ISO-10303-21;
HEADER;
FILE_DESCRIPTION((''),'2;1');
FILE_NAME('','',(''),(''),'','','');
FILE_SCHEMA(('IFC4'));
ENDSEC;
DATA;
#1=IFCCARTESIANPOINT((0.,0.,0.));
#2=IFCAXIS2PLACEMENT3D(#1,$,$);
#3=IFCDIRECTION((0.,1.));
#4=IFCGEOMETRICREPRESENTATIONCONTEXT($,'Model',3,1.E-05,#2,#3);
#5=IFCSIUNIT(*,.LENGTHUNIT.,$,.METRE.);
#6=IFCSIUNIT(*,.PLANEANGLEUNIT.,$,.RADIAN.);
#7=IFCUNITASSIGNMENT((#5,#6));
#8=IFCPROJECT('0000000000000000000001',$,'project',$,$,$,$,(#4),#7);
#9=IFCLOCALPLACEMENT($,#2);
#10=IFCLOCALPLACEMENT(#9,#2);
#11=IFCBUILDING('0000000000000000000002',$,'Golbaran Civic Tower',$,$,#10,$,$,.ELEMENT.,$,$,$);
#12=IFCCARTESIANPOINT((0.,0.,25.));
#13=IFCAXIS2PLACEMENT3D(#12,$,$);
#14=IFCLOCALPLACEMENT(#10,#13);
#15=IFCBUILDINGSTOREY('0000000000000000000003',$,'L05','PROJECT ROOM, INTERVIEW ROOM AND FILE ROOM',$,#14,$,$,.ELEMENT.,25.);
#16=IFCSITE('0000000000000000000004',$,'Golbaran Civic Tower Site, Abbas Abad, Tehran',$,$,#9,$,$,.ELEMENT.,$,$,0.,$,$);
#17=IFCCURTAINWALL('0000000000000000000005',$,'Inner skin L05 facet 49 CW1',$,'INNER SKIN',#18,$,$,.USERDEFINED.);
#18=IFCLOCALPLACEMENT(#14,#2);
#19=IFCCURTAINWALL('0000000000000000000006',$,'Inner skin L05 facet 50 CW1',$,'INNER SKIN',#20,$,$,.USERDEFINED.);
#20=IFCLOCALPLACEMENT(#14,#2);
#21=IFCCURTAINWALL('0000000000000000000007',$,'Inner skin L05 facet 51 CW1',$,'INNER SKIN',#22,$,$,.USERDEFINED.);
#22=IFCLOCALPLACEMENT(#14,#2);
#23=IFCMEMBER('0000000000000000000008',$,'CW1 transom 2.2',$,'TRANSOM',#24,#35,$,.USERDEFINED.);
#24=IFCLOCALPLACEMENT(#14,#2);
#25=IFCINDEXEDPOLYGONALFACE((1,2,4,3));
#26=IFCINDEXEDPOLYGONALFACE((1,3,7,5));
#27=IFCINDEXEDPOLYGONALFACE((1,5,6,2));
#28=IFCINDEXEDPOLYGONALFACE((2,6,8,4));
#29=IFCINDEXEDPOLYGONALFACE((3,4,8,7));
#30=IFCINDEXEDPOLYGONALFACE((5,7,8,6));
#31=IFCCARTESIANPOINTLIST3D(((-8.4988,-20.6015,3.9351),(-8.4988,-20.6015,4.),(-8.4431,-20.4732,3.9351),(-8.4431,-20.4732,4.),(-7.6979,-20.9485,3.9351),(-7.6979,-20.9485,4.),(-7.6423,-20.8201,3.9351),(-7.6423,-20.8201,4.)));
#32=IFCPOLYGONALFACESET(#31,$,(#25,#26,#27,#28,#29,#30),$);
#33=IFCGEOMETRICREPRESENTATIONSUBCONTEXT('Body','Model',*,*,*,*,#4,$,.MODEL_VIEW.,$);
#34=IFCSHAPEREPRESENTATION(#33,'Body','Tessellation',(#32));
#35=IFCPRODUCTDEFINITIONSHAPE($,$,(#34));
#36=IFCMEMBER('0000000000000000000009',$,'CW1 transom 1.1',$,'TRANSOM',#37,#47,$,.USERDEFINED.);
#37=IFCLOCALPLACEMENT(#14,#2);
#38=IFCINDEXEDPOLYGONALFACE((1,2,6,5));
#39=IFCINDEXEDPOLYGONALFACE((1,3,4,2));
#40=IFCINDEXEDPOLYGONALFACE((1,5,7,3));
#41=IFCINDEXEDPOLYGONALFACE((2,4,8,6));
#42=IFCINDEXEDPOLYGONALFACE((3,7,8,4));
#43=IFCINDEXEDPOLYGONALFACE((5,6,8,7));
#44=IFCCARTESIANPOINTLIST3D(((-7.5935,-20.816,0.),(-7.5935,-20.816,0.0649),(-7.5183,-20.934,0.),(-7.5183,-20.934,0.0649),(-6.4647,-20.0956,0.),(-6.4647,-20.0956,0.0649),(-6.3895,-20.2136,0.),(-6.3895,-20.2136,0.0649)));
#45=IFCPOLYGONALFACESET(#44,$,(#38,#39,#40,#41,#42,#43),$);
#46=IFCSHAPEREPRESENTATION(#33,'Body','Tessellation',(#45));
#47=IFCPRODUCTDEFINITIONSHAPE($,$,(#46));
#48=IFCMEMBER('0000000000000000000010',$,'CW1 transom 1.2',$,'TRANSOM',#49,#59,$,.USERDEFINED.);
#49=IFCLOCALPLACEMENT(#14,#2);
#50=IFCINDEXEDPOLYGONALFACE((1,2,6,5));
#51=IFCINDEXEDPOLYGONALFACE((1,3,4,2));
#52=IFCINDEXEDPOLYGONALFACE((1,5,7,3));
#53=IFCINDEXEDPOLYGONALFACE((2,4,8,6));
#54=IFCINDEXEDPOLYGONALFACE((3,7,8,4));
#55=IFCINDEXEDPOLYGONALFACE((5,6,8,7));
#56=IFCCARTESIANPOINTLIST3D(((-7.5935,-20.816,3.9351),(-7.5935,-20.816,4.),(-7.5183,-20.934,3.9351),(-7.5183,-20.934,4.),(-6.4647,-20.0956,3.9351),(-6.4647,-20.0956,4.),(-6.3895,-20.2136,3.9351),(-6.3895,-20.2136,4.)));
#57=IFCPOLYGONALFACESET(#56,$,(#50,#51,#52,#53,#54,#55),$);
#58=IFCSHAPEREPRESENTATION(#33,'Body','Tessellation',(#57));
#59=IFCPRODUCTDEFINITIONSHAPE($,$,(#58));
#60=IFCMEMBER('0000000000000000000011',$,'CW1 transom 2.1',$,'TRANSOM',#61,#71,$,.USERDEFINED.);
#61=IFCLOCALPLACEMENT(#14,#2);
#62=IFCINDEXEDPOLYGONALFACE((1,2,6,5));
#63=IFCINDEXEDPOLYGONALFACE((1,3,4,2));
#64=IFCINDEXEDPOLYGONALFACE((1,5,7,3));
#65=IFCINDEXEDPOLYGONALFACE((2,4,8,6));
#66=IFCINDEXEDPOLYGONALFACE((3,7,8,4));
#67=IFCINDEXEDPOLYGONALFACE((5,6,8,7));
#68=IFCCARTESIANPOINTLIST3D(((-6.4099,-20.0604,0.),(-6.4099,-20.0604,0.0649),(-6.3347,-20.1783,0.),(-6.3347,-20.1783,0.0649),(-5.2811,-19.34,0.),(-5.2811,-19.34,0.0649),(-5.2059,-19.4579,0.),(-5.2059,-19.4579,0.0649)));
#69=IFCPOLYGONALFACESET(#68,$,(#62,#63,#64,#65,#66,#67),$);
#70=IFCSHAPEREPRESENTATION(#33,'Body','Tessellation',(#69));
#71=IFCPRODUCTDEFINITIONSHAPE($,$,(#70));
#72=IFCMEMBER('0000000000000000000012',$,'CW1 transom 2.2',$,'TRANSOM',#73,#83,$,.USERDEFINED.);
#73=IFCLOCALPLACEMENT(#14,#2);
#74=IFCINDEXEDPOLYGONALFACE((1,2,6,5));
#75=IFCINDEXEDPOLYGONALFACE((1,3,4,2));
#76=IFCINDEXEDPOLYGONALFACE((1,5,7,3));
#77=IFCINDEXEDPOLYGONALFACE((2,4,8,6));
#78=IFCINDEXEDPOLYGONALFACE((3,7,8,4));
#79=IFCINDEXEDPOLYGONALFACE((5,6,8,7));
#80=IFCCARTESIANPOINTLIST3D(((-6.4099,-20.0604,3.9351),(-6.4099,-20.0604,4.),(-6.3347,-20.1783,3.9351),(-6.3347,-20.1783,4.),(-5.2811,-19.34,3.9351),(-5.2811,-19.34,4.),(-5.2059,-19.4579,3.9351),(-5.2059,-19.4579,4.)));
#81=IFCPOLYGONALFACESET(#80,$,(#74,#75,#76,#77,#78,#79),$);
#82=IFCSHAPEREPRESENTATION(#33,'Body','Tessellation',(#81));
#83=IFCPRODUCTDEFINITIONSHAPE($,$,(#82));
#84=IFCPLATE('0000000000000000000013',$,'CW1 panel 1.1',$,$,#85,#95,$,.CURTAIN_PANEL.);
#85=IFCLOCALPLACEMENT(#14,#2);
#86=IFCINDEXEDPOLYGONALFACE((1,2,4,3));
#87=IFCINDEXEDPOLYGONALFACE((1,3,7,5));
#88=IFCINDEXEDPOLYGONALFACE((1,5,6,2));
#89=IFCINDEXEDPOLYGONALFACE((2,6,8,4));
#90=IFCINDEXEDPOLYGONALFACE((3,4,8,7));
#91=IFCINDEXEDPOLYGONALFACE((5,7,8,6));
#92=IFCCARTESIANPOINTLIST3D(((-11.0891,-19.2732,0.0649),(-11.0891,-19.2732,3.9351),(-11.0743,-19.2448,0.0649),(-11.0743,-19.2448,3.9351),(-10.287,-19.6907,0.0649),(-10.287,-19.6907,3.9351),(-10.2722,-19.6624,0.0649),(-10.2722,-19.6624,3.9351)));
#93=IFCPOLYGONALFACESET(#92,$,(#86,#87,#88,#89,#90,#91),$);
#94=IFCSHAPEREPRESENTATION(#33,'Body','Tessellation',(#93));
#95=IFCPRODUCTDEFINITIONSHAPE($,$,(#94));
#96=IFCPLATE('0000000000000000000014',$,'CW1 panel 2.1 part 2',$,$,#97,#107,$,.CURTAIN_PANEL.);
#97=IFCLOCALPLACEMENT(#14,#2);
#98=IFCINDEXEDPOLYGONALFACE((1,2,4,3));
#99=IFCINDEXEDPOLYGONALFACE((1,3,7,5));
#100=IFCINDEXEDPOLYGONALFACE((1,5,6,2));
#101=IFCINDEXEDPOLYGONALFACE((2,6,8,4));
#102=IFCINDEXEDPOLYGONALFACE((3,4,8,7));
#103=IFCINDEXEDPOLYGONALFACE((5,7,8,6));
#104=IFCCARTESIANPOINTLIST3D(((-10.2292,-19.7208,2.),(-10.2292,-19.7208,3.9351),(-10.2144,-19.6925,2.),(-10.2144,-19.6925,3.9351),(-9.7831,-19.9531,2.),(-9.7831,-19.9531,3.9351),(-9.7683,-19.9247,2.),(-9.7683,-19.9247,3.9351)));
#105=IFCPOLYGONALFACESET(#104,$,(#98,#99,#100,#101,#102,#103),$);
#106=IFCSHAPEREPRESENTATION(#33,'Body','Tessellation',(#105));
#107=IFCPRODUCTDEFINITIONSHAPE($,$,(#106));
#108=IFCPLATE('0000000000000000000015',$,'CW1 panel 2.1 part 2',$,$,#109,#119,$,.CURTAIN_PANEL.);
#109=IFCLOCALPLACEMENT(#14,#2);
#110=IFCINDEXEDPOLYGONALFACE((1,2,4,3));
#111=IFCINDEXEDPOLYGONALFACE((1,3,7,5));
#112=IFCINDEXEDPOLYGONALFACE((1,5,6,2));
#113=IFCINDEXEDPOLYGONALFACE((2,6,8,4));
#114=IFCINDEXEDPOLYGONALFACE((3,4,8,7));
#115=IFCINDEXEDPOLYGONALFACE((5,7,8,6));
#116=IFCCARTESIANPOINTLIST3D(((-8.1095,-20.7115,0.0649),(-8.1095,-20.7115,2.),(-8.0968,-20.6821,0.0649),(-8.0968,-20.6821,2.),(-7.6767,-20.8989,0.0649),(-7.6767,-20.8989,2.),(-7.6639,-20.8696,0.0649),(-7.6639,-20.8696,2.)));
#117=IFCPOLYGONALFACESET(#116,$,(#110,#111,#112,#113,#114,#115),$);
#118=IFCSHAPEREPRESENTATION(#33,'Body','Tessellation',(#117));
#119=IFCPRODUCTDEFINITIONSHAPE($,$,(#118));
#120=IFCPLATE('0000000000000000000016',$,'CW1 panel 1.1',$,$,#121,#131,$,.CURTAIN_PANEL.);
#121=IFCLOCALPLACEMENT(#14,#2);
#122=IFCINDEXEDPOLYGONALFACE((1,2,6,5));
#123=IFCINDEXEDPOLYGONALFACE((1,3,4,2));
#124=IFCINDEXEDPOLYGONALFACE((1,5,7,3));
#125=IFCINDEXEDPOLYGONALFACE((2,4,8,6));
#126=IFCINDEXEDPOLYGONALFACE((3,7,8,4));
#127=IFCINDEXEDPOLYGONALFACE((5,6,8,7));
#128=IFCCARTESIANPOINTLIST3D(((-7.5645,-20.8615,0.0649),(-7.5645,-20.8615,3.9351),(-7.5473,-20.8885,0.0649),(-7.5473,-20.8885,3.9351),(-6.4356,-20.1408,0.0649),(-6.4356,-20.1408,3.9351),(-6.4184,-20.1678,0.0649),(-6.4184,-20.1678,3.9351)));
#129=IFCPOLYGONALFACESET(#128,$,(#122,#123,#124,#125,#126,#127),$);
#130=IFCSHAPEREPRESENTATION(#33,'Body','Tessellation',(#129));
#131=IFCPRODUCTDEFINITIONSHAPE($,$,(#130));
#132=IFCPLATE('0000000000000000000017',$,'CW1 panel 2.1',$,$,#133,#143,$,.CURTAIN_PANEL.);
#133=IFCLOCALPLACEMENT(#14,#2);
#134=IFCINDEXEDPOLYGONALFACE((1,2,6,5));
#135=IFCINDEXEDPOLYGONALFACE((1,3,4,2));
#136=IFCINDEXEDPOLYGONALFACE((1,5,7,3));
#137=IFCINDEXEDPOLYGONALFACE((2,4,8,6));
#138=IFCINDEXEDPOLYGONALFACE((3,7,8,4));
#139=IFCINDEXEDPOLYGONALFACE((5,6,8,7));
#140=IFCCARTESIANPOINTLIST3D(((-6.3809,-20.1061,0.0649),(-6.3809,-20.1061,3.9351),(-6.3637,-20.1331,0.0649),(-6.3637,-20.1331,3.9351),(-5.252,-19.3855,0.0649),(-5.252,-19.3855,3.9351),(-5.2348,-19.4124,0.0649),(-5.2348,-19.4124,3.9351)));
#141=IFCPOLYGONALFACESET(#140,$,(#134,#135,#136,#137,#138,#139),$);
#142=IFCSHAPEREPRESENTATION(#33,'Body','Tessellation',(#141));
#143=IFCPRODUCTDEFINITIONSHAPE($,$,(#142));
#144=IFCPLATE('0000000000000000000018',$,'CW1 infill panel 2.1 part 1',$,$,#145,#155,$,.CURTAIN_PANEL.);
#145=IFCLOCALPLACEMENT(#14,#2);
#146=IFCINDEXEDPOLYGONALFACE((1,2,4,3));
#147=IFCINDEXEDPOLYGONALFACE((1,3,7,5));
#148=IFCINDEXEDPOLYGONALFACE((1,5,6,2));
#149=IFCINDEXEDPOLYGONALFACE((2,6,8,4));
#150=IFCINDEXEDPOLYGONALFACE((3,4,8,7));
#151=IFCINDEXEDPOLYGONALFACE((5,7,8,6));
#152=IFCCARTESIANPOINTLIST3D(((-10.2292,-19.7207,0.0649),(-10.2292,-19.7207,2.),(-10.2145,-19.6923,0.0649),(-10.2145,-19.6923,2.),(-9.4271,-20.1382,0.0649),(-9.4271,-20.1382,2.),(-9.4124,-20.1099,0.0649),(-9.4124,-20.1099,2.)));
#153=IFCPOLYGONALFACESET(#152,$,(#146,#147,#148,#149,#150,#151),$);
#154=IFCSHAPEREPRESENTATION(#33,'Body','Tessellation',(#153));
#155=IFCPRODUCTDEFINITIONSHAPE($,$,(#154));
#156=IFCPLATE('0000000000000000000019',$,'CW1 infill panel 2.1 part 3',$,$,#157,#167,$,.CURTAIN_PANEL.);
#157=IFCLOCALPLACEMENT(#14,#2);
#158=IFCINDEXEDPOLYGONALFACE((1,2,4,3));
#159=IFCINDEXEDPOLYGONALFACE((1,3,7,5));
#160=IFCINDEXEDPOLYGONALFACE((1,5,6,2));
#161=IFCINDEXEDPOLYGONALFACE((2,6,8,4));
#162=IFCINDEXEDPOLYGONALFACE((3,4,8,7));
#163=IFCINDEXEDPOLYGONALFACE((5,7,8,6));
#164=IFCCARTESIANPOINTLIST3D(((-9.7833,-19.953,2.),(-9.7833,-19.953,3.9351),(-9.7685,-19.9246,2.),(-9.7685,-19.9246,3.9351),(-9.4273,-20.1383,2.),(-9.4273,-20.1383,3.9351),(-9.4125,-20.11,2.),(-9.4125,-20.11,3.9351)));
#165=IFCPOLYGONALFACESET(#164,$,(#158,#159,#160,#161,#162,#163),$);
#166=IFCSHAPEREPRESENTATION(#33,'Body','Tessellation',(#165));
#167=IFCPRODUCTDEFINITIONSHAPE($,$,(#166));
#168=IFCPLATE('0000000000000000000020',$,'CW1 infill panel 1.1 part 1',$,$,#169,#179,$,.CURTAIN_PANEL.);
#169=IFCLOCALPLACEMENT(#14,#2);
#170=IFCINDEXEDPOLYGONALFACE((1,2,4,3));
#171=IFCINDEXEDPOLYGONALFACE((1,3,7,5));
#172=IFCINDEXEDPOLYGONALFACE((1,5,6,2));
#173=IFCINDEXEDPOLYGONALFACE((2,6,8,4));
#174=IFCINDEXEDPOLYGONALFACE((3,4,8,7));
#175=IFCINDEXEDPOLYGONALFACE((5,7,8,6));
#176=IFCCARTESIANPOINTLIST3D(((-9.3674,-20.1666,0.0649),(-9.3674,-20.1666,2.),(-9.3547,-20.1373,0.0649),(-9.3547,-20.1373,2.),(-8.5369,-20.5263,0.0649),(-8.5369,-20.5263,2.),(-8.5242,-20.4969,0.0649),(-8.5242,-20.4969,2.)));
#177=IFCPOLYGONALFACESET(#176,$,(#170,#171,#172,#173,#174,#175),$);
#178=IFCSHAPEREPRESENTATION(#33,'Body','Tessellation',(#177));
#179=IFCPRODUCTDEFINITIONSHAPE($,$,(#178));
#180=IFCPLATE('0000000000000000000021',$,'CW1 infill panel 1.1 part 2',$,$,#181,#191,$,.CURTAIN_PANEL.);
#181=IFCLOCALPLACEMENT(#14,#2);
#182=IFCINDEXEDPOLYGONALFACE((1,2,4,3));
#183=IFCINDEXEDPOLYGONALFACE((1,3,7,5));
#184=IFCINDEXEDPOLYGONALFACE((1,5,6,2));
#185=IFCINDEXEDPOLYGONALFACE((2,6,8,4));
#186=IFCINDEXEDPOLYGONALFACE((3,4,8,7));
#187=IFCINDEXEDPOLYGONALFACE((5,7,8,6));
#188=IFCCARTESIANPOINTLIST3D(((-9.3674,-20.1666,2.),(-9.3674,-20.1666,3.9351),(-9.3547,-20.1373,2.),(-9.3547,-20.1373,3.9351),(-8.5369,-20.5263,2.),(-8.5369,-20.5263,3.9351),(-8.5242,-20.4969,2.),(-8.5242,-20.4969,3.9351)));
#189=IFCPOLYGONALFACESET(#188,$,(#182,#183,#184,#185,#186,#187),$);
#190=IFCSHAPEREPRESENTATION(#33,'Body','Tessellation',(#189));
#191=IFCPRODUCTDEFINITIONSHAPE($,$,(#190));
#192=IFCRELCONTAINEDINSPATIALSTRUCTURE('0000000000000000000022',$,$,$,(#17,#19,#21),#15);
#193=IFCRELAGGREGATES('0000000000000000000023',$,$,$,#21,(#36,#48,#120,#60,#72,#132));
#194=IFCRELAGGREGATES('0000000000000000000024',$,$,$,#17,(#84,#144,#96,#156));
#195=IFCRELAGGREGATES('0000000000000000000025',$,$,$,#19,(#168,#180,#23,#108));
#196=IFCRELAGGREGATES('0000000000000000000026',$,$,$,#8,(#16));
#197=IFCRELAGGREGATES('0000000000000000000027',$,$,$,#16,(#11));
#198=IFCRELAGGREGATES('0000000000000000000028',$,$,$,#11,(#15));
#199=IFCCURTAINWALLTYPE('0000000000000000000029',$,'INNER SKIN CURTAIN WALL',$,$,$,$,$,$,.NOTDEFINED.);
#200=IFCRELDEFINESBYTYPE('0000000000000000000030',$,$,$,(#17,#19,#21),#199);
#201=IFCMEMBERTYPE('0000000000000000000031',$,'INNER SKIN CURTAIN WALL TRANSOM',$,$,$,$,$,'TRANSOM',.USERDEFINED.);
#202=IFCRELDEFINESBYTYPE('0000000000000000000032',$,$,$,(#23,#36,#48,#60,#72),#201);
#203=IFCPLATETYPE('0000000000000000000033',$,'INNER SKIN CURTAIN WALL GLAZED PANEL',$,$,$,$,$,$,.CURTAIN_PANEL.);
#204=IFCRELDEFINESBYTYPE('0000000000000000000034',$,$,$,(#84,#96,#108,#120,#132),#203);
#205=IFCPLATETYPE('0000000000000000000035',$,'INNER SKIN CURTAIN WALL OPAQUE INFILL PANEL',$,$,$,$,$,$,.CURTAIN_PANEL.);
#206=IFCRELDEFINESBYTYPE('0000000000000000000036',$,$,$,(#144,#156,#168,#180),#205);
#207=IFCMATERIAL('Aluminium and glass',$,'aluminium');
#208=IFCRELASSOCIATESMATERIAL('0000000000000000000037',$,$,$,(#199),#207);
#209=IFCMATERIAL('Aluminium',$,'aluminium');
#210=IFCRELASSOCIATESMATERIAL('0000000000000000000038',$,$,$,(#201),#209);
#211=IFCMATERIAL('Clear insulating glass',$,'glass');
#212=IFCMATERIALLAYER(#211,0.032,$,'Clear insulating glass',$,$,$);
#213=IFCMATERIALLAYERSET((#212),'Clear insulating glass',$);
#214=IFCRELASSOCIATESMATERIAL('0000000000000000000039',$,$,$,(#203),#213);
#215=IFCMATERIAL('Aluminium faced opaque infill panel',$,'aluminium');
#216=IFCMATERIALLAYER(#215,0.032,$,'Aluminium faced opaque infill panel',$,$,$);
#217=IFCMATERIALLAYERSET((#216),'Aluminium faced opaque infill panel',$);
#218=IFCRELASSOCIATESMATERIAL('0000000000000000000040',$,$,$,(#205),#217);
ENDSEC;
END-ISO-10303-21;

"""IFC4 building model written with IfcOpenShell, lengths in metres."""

from ifc_helpers import new_model, si_unit, direction, frame, origin, origin_2d, place, context, subcontext, project, spatial, rectangle, extrude, material, layer, layer_set, material_profile, profile_set, type_object, element, aggregate, save


model = new_model("IFC4")

# Units and contexts
model_context = context("Model", 3, precision=1e-05, world=origin(), true_north=direction((0.0, 1.0)))
body_context = subcontext(model_context, "Body", "Model", "MODEL_VIEW")
ifc_project = project(units=[si_unit("LENGTHUNIT", "METRE"), si_unit("PLANEANGLEUNIT", "RADIAN")], contexts=[model_context])

# Site, building, storey
site_placement = place(None, origin())
site = spatial("IfcSite", under=ifc_project, at=site_placement, Name="Golbaran Civic Tower Site, Abbas Abad, Tehran", CompositionType="ELEMENT", RefElevation=0.0)
building_placement = place(site_placement, origin())
building = spatial("IfcBuilding", under=site, at=building_placement, Name="Golbaran Civic Tower", CompositionType="ELEMENT")
storey_placement = place(building_placement, frame((0.0, 0.0, 25.0)))
storey = spatial("IfcBuildingStorey", under=building, at=storey_placement, Name="L05", Description="PROJECT ROOM, INTERVIEW ROOM AND FILE ROOM", CompositionType="ELEMENT", Elevation=25.0)

# Curtain walls
ifc_material_1 = material(Name="Aluminium and glass", Category="aluminium")
curtain_wall_type = type_object("IfcCurtainWallType", Name="INNER SKIN CURTAIN WALL", PredefinedType="NOTDEFINED", material=ifc_material_1)
curtain_wall_1_placement = place(storey_placement, origin())
curtain_wall_1 = element("IfcCurtainWall", 1, at=curtain_wall_1_placement, inside=storey, type_object=curtain_wall_type, Name="Inner skin L05 facet 49 CW1", ObjectType="INNER SKIN", PredefinedType="USERDEFINED")
ifc_material_2 = material(Name="Aluminium", Category="aluminium")
curtain_wall_2_placement = place(storey_placement, origin())
curtain_wall_2 = element("IfcCurtainWall", 2, at=curtain_wall_2_placement, inside=storey, type_object=curtain_wall_type, Name="Inner skin L05 facet 50 CW1", ObjectType="INNER SKIN", PredefinedType="USERDEFINED")
curtain_wall_3_placement = place(storey_placement, origin())
curtain_wall_3 = element("IfcCurtainWall", 3, at=curtain_wall_3_placement, inside=storey, type_object=curtain_wall_type, Name="Inner skin L05 facet 51 CW1", ObjectType="INNER SKIN", PredefinedType="USERDEFINED")

# Members
ifc_material_profile_1 = material_profile(ifc_material_2, rectangle(XDim=0.1399, YDim=0.0649, at=origin_2d()), Name="INNER SKIN CURTAIN WALL TRANSOM")
ifc_profile_set_1 = profile_set([ifc_material_profile_1], Name="Aluminium")
member_type_1 = type_object("IfcMemberType", Name="INNER SKIN CURTAIN WALL TRANSOM", ElementType="TRANSOM", PredefinedType="USERDEFINED", material=ifc_profile_set_1)
member_1_placement = place(storey_placement, frame((-8.4709, -20.5374, 3.9675), z_axis=(0.91759, -0.397529, 0.0), x_axis=(0.397529, 0.91759, 0.0)))
member_1 = element("IfcMember", 4, at=member_1_placement, type_object=member_type_1, Name="CW1 transom 2.2", ObjectType="TRANSOM", PredefinedType="USERDEFINED", context=body_context, shape_type="SweptSolid", body=[
    extrude(rectangle(XDim=0.1399, YDim=0.0649, at=origin_2d()), origin(), (0.0, 0.0, 1.0), 0.8728),
])
member_2_placement = place(storey_placement, frame((-7.5559, -20.875, 0.0325), z_axis=(0.842963, 0.537972, 0.0), x_axis=(-0.537972, 0.842963, 0.0)))
member_2 = element("IfcMember", 5, at=member_2_placement, type_object=member_type_1, Name="CW1 transom 1.1", ObjectType="TRANSOM", PredefinedType="USERDEFINED", context=body_context, shape_type="SweptSolid", body=[
    extrude(rectangle(XDim=0.1399, YDim=0.0649, at=origin_2d()), origin(), (0.0, 0.0, 1.0), 1.3391),
])
member_3_placement = place(storey_placement, frame((-7.5559, -20.875, 3.9675), z_axis=(0.842963, 0.537972, 0.0), x_axis=(-0.537972, 0.842963, 0.0)))
member_3 = element("IfcMember", 6, at=member_3_placement, type_object=member_type_1, Name="CW1 transom 1.2", ObjectType="TRANSOM", PredefinedType="USERDEFINED", context=body_context, shape_type="SweptSolid", body=[
    extrude(rectangle(XDim=0.1399, YDim=0.0649, at=origin_2d()), origin(), (0.0, 0.0, 1.0), 1.3391),
])
member_4_placement = place(storey_placement, frame((-6.3723, -20.1194, 0.0325), z_axis=(0.842963, 0.537972, 0.0), x_axis=(-0.537972, 0.842963, 0.0)))
member_4 = element("IfcMember", 7, at=member_4_placement, type_object=member_type_1, Name="CW1 transom 2.1", ObjectType="TRANSOM", PredefinedType="USERDEFINED", context=body_context, shape_type="SweptSolid", body=[
    extrude(rectangle(XDim=0.1399, YDim=0.0649, at=origin_2d()), origin(), (0.0, 0.0, 1.0), 1.3391),
])
member_5_placement = place(storey_placement, frame((-6.3723, -20.1194, 3.9675), z_axis=(0.842963, 0.537972, 0.0), x_axis=(-0.537972, 0.842963, 0.0)))
member_5 = element("IfcMember", 8, at=member_5_placement, type_object=member_type_1, Name="CW1 transom 2.2", ObjectType="TRANSOM", PredefinedType="USERDEFINED", context=body_context, shape_type="SweptSolid", body=[
    extrude(rectangle(XDim=0.1399, YDim=0.0649, at=origin_2d()), origin(), (0.0, 0.0, 1.0), 1.3391),
])

# Plates
ifc_material_3 = material(Name="Clear insulating glass", Category="glass")
ifc_layer_1 = layer(ifc_material_3, 0.032, Name="Clear insulating glass")
ifc_layer_set_1 = layer_set([ifc_layer_1], Name="Clear insulating glass")
plate_type_1 = type_object("IfcPlateType", Name="INNER SKIN CURTAIN WALL GLAZED PANEL", PredefinedType="CURTAIN_PANEL", material=ifc_layer_set_1)
plate_1_placement = place(storey_placement, frame((-10.6807, -19.4678, 0.0649), z_axis=(0.0, 0.0, 1.0), x_axis=(0.887011, -0.461749, 0.0)))
plate_1 = element("IfcPlate", 9, at=plate_1_placement, type_object=plate_type_1, Name="CW1 panel 1.1", PredefinedType="CURTAIN_PANEL", context=body_context, shape_type="SweptSolid", body=[
    extrude(rectangle(XDim=0.9043, YDim=0.032, at=origin_2d()), origin(), (0.0, 0.0, 1.0), 3.8701),
])
plate_2_placement = place(storey_placement, frame((-9.9988, -19.8228, 2.0), z_axis=(0.0, 0.0, 1.0), x_axis=(0.887011, -0.461749, 0.0)))
plate_2 = element("IfcPlate", 10, at=plate_2_placement, type_object=plate_type_1, Name="CW1 panel 2.1 part 2", PredefinedType="CURTAIN_PANEL", context=body_context, shape_type="SweptSolid", body=[
    extrude(rectangle(XDim=0.5029, YDim=0.032, at=origin_2d()), origin(), (0.0, 0.0, 1.0), 1.9351),
])
plate_3_placement = place(storey_placement, frame((-7.8867, -20.7905, 0.0649), z_axis=(0.0, 0.0, 1.0), x_axis=(0.917653, -0.397383, 0.0)))
plate_3 = element("IfcPlate", 11, at=plate_3_placement, type_object=plate_type_1, Name="CW1 panel 2.1 part 2", PredefinedType="CURTAIN_PANEL", context=body_context, shape_type="SweptSolid", body=[
    extrude(rectangle(XDim=0.4717, YDim=0.032, at=origin_2d()), origin(), (0.0, 0.0, 1.0), 1.9351),
])
plate_4_placement = place(storey_placement, frame((-6.9915, -20.5146, 0.0649), z_axis=(0.0, 0.0, 1.0), x_axis=(0.842904, 0.538063, 0.0)))
plate_4 = element("IfcPlate", 12, at=plate_4_placement, type_object=plate_type_1, Name="CW1 panel 1.1", PredefinedType="CURTAIN_PANEL", context=body_context, shape_type="SweptSolid", body=[
    extrude(rectangle(XDim=1.3394, YDim=0.032, at=origin_2d()), origin(), (0.0, 0.0, 1.0), 3.8701),
])
plate_5_placement = place(storey_placement, frame((-5.8079, -19.7593, 0.0649), z_axis=(0.0, 0.0, 1.0), x_axis=(0.842904, 0.538063, 0.0)))
plate_5 = element("IfcPlate", 13, at=plate_5_placement, type_object=plate_type_1, Name="CW1 panel 2.1", PredefinedType="CURTAIN_PANEL", context=body_context, shape_type="SweptSolid", body=[
    extrude(rectangle(XDim=1.3394, YDim=0.032, at=origin_2d()), origin(), (0.0, 0.0, 1.0), 3.8701),
])
aggregate(curtain_wall_3, [member_2, member_3, plate_4, member_4, member_5, plate_5])
ifc_material_4 = material(Name="Aluminium faced opaque infill panel", Category="aluminium")
ifc_layer_2 = layer(ifc_material_4, 0.032, Name="Aluminium faced opaque infill panel")
ifc_layer_set_2 = layer_set([ifc_layer_2], Name="Aluminium faced opaque infill panel")
plate_type_2 = type_object("IfcPlateType", Name="INNER SKIN CURTAIN WALL OPAQUE INFILL PANEL", PredefinedType="CURTAIN_PANEL", material=ifc_layer_set_2)
plate_6_placement = place(storey_placement, frame((-9.8208, -19.9153, 0.0649), z_axis=(0.0, 0.0, 1.0), x_axis=(0.887011, -0.461749, 0.0)))
plate_6 = element("IfcPlate", 14, at=plate_6_placement, type_object=plate_type_2, Name="CW1 infill panel 2.1 part 1", PredefinedType="CURTAIN_PANEL", context=body_context, shape_type="SweptSolid", body=[
    extrude(rectangle(XDim=0.9043, YDim=0.032, at=origin_2d()), origin(), (0.0, 0.0, 1.0), 1.9351),
])
plate_7_placement = place(storey_placement, frame((-9.5979, -20.0315, 2.0), z_axis=(0.0, 0.0, 1.0), x_axis=(0.887011, -0.461749, 0.0)))
plate_7 = element("IfcPlate", 15, at=plate_7_placement, type_object=plate_type_2, Name="CW1 infill panel 2.1 part 3", PredefinedType="CURTAIN_PANEL", context=body_context, shape_type="SweptSolid", body=[
    extrude(rectangle(XDim=0.4014, YDim=0.032, at=origin_2d()), origin(), (0.0, 0.0, 1.0), 1.9351),
])
aggregate(curtain_wall_1, [plate_1, plate_6, plate_2, plate_7])
plate_8_placement = place(storey_placement, frame((-8.9458, -20.3318, 0.0649), z_axis=(0.0, 0.0, 1.0), x_axis=(0.917653, -0.397383, 0.0)))
plate_8 = element("IfcPlate", 16, at=plate_8_placement, type_object=plate_type_2, Name="CW1 infill panel 1.1 part 1", PredefinedType="CURTAIN_PANEL", context=body_context, shape_type="SweptSolid", body=[
    extrude(rectangle(XDim=0.905, YDim=0.032, at=origin_2d()), origin(), (0.0, 0.0, 1.0), 1.9351),
])
plate_9_placement = place(storey_placement, frame((-8.9458, -20.3318, 2.0), z_axis=(0.0, 0.0, 1.0), x_axis=(0.917653, -0.397383, 0.0)))
plate_9 = element("IfcPlate", 17, at=plate_9_placement, type_object=plate_type_2, Name="CW1 infill panel 1.1 part 2", PredefinedType="CURTAIN_PANEL", context=body_context, shape_type="SweptSolid", body=[
    extrude(rectangle(XDim=0.905, YDim=0.032, at=origin_2d()), origin(), (0.0, 0.0, 1.0), 1.9351),
])
aggregate(curtain_wall_2, [plate_8, plate_9, member_1, plate_3])

save(model, "model.ifc")
